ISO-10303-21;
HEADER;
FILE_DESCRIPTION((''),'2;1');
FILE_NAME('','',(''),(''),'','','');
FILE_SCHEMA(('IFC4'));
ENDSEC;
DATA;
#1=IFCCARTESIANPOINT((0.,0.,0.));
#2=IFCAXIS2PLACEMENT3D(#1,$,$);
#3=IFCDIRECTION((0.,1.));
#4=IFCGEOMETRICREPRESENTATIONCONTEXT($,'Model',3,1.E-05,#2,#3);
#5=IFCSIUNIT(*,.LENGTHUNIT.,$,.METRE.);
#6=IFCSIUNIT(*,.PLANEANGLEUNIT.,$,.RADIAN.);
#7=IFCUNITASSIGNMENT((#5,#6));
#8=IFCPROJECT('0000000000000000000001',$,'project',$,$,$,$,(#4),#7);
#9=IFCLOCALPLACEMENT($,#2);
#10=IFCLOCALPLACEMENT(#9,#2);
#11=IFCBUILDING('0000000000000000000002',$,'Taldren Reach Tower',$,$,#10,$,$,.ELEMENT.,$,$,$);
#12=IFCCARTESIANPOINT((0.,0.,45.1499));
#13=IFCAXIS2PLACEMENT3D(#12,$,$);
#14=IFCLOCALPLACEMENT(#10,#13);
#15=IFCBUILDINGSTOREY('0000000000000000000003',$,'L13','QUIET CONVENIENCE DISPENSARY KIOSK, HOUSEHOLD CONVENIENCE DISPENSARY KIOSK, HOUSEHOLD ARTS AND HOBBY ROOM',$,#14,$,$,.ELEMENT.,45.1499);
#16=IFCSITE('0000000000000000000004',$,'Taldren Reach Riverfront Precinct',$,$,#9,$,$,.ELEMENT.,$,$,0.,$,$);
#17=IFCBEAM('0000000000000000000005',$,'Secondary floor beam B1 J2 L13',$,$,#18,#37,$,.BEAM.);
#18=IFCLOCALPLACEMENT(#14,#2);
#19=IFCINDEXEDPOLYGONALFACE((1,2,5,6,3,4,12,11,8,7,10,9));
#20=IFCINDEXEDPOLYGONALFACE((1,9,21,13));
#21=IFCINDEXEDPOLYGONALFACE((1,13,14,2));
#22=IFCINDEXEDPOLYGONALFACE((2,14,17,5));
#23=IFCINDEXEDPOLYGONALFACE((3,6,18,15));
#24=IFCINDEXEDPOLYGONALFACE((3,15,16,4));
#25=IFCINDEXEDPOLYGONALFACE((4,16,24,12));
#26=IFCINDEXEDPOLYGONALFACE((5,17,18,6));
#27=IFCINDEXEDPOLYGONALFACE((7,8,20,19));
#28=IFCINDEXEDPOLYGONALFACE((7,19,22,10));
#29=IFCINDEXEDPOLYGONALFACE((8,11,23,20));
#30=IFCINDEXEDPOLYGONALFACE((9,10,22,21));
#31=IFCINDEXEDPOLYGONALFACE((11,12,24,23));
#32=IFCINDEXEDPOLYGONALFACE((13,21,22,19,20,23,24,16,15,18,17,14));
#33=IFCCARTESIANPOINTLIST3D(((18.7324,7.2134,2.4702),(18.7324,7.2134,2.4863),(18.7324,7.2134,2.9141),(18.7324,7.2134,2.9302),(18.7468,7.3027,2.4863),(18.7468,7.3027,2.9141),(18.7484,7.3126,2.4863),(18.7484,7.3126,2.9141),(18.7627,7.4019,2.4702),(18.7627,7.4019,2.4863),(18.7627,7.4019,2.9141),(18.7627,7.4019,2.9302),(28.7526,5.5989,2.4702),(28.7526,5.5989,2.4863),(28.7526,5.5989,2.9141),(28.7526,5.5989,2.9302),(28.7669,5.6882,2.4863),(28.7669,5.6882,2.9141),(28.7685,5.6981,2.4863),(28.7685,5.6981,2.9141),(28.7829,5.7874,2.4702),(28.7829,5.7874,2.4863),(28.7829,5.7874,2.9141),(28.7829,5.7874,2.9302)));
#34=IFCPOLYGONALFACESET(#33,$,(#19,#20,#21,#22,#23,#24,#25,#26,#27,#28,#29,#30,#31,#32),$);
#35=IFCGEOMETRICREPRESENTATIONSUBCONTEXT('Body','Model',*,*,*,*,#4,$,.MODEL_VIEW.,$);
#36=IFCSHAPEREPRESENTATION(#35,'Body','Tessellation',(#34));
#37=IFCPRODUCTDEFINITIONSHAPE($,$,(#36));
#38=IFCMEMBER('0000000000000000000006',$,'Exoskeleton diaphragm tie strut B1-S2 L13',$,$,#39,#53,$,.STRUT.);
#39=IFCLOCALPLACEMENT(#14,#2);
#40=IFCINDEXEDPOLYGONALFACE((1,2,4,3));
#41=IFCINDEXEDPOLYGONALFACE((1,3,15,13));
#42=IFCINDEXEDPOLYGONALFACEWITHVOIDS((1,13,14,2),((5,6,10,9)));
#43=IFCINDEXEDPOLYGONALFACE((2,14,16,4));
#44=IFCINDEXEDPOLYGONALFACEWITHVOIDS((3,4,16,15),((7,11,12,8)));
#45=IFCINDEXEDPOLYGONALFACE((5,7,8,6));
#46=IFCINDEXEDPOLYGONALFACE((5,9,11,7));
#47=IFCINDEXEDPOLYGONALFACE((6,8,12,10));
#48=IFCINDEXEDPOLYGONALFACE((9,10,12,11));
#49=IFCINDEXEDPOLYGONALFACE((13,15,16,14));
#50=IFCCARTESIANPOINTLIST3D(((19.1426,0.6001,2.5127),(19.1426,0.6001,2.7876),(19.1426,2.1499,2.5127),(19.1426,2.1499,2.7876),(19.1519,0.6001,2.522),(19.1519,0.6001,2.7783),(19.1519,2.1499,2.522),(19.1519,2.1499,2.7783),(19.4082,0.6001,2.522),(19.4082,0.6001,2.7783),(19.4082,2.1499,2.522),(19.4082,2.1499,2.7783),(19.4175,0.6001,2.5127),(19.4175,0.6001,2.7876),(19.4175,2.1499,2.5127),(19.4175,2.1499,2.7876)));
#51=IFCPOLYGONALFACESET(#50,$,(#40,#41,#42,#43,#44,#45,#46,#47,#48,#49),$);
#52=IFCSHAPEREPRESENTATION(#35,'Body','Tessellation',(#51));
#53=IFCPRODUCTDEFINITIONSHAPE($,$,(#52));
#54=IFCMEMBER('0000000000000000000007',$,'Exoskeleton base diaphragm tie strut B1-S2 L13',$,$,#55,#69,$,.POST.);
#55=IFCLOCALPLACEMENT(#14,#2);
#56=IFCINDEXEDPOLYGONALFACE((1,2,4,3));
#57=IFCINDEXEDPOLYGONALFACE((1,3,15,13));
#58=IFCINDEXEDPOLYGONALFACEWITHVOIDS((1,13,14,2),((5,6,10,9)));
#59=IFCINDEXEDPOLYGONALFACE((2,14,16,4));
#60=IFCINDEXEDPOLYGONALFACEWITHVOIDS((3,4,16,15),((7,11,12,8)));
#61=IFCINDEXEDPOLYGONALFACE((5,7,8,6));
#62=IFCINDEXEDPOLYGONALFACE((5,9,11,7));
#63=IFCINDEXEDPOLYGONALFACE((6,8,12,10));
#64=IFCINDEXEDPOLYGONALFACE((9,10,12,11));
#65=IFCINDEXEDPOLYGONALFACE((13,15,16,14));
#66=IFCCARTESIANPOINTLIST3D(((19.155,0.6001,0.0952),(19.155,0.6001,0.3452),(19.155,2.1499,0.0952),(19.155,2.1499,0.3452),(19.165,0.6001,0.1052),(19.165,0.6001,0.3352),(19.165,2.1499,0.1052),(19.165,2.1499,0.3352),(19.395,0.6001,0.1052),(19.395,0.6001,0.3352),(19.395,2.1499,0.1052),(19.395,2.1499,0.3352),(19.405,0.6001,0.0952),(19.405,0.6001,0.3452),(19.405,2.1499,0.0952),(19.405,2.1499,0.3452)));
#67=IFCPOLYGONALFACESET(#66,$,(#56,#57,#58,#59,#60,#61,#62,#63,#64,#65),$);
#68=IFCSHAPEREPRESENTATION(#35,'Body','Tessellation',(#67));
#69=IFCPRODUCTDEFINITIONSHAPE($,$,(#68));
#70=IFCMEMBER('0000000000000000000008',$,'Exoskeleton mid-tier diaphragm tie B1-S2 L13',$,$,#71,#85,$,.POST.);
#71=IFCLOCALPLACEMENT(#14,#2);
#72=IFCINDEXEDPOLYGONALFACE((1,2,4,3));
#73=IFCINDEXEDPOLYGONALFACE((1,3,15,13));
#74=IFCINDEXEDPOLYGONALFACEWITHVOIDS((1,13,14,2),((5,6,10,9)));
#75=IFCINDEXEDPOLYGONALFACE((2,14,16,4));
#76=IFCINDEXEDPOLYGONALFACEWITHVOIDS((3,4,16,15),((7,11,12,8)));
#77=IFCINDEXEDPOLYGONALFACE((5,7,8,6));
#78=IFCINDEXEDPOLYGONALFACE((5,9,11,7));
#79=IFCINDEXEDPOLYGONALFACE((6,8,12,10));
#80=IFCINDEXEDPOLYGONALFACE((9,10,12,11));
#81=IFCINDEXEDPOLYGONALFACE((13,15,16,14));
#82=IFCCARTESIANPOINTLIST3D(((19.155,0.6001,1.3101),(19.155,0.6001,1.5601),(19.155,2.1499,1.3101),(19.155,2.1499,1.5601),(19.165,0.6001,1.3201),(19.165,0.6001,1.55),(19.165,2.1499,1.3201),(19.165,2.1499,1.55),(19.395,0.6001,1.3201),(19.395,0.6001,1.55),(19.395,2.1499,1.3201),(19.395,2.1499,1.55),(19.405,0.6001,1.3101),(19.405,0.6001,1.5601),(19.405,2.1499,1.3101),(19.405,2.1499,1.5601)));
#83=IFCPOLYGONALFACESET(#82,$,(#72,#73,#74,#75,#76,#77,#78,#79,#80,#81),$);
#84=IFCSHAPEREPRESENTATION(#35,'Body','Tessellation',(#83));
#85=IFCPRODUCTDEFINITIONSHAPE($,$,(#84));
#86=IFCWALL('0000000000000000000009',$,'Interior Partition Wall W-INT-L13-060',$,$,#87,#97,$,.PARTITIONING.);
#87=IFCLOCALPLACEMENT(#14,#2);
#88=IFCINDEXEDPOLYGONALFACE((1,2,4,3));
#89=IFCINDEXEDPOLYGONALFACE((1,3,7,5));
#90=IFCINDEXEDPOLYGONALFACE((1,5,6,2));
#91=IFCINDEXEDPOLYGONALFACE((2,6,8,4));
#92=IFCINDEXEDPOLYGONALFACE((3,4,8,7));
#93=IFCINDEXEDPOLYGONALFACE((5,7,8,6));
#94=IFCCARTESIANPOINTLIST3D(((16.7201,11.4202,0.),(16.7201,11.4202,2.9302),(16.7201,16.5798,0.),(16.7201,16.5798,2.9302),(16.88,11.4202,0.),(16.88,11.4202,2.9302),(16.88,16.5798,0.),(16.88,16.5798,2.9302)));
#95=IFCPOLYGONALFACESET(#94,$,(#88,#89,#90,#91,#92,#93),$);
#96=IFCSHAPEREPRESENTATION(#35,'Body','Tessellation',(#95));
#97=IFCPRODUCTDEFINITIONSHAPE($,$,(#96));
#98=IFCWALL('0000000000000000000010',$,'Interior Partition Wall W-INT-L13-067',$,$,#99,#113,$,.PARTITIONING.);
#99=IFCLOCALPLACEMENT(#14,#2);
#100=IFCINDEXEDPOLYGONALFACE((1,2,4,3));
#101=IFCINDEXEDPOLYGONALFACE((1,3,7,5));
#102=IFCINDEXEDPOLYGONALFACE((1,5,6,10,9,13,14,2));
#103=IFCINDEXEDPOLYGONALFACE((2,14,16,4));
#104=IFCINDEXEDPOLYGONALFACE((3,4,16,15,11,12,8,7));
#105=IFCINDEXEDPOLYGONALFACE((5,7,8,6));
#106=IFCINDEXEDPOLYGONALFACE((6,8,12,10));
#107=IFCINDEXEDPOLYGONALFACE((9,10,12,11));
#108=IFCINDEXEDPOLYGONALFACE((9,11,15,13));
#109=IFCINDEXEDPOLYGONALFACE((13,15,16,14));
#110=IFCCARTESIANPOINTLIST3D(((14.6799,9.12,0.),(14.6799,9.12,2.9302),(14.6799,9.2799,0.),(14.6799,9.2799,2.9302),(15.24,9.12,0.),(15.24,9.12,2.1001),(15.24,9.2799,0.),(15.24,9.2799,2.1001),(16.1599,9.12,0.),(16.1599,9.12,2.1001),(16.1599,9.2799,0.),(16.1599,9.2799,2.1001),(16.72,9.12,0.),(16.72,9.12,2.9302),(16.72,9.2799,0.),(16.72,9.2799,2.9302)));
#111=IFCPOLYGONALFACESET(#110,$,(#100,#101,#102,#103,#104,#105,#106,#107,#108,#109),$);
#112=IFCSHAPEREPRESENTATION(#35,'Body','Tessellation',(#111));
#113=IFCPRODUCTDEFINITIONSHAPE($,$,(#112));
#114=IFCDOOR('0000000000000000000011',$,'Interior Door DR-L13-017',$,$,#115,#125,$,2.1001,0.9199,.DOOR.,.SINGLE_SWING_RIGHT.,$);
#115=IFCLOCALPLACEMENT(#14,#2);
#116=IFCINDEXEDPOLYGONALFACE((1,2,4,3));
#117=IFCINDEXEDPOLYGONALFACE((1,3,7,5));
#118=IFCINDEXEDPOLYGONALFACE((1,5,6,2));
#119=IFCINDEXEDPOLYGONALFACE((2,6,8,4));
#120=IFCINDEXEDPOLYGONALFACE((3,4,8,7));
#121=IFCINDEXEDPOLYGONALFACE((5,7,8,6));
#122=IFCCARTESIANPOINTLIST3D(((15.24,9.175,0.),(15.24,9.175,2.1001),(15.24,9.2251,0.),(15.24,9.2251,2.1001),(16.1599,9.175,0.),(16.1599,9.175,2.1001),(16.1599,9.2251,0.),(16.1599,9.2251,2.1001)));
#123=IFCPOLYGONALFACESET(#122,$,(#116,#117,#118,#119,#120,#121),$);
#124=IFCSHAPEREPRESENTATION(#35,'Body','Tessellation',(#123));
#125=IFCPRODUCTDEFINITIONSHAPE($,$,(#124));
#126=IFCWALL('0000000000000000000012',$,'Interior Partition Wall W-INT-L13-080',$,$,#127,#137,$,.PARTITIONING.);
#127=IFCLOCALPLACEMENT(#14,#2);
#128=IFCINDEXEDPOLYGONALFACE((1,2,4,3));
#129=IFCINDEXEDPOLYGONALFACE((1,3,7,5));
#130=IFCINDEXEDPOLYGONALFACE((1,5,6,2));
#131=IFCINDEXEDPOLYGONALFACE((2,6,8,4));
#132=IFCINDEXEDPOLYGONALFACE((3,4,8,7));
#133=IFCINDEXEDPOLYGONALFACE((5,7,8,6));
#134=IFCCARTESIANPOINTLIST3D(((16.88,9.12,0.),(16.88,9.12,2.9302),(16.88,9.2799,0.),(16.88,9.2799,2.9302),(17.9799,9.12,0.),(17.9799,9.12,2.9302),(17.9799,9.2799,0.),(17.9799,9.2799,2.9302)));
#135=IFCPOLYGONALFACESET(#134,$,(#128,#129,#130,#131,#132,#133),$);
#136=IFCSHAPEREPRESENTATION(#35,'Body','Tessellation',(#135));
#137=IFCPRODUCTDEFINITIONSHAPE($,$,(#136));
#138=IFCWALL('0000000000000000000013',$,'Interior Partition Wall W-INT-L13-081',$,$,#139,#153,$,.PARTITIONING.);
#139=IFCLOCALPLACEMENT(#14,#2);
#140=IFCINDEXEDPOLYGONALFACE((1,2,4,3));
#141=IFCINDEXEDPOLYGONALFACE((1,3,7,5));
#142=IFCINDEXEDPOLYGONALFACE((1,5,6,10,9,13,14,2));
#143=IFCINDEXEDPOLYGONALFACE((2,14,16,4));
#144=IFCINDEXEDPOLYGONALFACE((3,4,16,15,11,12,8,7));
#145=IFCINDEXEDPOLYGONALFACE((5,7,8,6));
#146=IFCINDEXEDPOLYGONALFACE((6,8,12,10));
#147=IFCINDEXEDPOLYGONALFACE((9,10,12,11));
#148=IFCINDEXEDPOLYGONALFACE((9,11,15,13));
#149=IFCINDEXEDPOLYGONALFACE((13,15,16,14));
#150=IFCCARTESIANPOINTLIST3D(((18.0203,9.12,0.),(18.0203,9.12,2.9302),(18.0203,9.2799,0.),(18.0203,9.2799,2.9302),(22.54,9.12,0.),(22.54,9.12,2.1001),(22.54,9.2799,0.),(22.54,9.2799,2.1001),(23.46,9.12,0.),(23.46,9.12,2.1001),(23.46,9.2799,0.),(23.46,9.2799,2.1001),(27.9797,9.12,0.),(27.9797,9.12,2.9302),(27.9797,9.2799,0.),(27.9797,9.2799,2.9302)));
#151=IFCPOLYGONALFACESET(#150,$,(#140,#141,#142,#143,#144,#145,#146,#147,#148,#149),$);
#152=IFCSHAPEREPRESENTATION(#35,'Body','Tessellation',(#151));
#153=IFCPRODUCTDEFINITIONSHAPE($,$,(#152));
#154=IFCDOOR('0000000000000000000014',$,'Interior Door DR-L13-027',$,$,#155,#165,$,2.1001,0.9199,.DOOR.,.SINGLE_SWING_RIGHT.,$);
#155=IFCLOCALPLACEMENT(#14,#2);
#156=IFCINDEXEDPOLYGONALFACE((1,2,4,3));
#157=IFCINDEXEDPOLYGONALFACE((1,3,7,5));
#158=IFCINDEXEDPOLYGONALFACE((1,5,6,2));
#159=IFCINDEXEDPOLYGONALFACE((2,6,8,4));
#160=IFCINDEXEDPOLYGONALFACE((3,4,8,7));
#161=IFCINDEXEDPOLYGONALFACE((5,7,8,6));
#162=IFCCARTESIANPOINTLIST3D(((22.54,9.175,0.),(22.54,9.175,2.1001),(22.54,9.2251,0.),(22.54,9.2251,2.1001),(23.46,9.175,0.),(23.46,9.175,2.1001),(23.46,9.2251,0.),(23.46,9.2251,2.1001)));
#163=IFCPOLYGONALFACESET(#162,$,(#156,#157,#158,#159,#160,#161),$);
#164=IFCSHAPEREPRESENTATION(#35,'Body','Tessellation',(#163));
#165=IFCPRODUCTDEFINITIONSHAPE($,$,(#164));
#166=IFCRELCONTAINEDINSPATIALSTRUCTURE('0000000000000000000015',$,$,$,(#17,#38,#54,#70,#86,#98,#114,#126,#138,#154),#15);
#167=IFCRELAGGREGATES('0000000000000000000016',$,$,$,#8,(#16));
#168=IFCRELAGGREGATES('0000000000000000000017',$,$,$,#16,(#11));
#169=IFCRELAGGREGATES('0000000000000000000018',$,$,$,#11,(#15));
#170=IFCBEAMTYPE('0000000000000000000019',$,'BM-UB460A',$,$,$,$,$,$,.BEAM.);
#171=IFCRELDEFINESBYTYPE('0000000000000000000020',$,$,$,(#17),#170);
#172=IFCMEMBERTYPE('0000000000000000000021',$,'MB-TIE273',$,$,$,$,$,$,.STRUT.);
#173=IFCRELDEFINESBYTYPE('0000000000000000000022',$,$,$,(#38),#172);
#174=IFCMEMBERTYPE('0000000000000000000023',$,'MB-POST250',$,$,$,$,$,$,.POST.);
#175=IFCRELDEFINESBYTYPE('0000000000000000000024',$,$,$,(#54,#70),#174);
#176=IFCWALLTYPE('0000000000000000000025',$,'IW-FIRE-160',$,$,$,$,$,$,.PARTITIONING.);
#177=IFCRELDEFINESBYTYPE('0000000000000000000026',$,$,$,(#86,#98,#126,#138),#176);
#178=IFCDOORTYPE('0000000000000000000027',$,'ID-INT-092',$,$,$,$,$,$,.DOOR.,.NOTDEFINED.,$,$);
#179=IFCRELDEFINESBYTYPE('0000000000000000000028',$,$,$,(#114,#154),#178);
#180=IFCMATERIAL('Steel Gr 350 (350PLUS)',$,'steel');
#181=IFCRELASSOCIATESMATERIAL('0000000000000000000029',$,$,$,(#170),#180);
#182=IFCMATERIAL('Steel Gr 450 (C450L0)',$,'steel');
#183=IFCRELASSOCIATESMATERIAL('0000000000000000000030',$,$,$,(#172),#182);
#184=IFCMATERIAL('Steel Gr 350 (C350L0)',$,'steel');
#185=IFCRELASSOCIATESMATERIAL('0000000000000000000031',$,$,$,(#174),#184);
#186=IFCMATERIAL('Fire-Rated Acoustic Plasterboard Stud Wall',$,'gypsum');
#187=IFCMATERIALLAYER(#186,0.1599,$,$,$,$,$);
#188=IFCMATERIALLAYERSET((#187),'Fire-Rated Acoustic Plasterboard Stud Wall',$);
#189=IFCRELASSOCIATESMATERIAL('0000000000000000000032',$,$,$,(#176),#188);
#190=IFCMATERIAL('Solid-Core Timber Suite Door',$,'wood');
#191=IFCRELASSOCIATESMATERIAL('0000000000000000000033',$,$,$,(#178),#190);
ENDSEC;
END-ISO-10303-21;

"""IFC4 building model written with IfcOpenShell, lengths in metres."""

from ifc_helpers import new_model, si_unit, direction, frame, frame_2d, origin, origin_2d, place, context, subcontext, project, spatial, rectangle, hollow_rectangle, i_section, extrude, source, transform, mapped, material, layer, layer_set, material_profile, profile_set, type_object, element, fill, save


model = new_model("IFC4")

# Units and contexts
model_context = context("Model", 3, precision=1e-05, world=origin(), true_north=direction((0.0, 1.0)))
body_context = subcontext(model_context, "Body", "Model", "MODEL_VIEW")
ifc_project = project(units=[si_unit("LENGTHUNIT", "METRE"), si_unit("PLANEANGLEUNIT", "RADIAN")], contexts=[model_context])

# Site, building, storey
site_placement = place(None, origin())
site = spatial("IfcSite", under=ifc_project, at=site_placement, Name="Taldren Reach Riverfront Precinct", CompositionType="ELEMENT", RefElevation=0.0)
building_placement = place(site_placement, origin())
building = spatial("IfcBuilding", under=site, at=building_placement, Name="Taldren Reach Tower", CompositionType="ELEMENT")
storey_placement = place(building_placement, frame((0.0, 0.0, 45.1499)))
storey = spatial("IfcBuildingStorey", under=building, at=storey_placement, Name="L13", Description="QUIET CONVENIENCE DISPENSARY KIOSK, HOUSEHOLD CONVENIENCE DISPENSARY KIOSK, HOUSEHOLD ARTS AND HOBBY ROOM", CompositionType="ELEMENT", Elevation=45.1499)

# Shared definitions
ifc_material_1 = material(Name="Steel Gr 350 (350PLUS)", Category="steel")

# Beam
ifc_material_profile_1 = material_profile(ifc_material_1, i_section(OverallWidth=0.1909, OverallDepth=0.46, WebThickness=0.01, FlangeThickness=0.0161, at=origin_2d()), Name="460UB82.1")
ifc_profile_set_1 = profile_set([ifc_material_profile_1], Name="Steel Gr 350 (350PLUS)")
beam_type_1 = type_object("IfcBeamType", Name="BM-UB460A", PredefinedType="BEAM", material=ifc_profile_set_1)
shared_shape_1 = source(origin(), body_context, "Body", "SweptSolid", [
    extrude(i_section(OverallWidth=0.1909, OverallDepth=0.46, WebThickness=0.01, FlangeThickness=0.0161, at=origin_2d()), origin(), (0.0, 0.0, 1.0), 10.1494),
])
beam_1_placement = place(storey_placement, frame((18.7476, 7.3076, 2.7002), z_axis=(0.987267, -0.159072, 0.0), x_axis=(0.159072, 0.987267, 0.0)))
element("IfcBeam", 1, at=beam_1_placement, inside=storey, type_object=beam_type_1, Name="Secondary floor beam B1 J2 L13", PredefinedType="BEAM", context=body_context, shape_type="MappedRepresentation", body=[
    mapped(shared_shape_1, transform((0.0, 0.0, 0.0), scale=1.0)),
])

# Members
ifc_material_2 = material(Name="Steel Gr 450 (C450L0)", Category="steel")
ifc_material_profile_2 = material_profile(ifc_material_2, hollow_rectangle(XDim=0.2749, YDim=0.2749, WallThickness=0.0093, at=origin_2d()), Name="275x275x9.3SHS")
ifc_profile_set_2 = profile_set([ifc_material_profile_2], Name="Steel Gr 450 (C450L0)")
member_type_1 = type_object("IfcMemberType", Name="MB-TIE273", PredefinedType="STRUT", material=ifc_profile_set_2)
shared_shape_2 = source(origin(), body_context, "Body", "SweptSolid", [
    extrude(hollow_rectangle(XDim=0.2749, YDim=0.2749, WallThickness=0.0093, at=origin_2d()), origin(), (0.0, 0.0, 1.0), 1.5498),
])
member_placement = place(storey_placement, frame((19.28, 2.1499, 2.6501), z_axis=(0.0, -1.0, 0.0), x_axis=(1.0, 0.0, 0.0)))
element("IfcMember", 2, at=member_placement, inside=storey, type_object=member_type_1, Name="Exoskeleton diaphragm tie strut B1-S2 L13", PredefinedType="STRUT", context=body_context, shape_type="MappedRepresentation", body=[
    mapped(shared_shape_2, transform((0.0, 0.0, 0.0), scale=1.0)),
])
ifc_material_3 = material(Name="Steel Gr 350 (C350L0)", Category="steel")
ifc_material_profile_3 = material_profile(ifc_material_3, hollow_rectangle(XDim=0.25, YDim=0.25, WallThickness=0.01, at=origin_2d()), Name="250x250x10.0SHS")
ifc_profile_set_3 = profile_set([ifc_material_profile_3], Name="Steel Gr 350 (C350L0)")
member_type_2 = type_object("IfcMemberType", Name="MB-POST250", PredefinedType="POST", material=ifc_profile_set_3)
shared_shape_3 = source(origin(), body_context, "Body", "SweptSolid", [
    extrude(hollow_rectangle(XDim=0.25, YDim=0.25, WallThickness=0.01, at=origin_2d()), origin(), (0.0, 0.0, 1.0), 1.5498),
])
for number, where, z_axis, x_axis, name in (
    (3, (19.28, 2.1499, 0.2202), (0.0, -1.0, 0.0), (1.0, 0.0, 0.0), "Exoskeleton base diaphragm tie strut B1-S2 L13"),
    (4, (19.28, 2.1499, 1.4351), (0.0, -1.0, 0.0), (1.0, 0.0, 0.0), "Exoskeleton mid-tier diaphragm tie B1-S2 L13"),
):
    element("IfcMember", number, at=place(storey_placement, frame(where, z_axis=z_axis, x_axis=x_axis)), inside=storey, type_object=member_type_2, Name=name, PredefinedType="POST", context=body_context, shape_type="MappedRepresentation", body=[
        mapped(shared_shape_3, transform((0.0, 0.0, 0.0), scale=1.0)),
    ])

# Wall
ifc_material_4 = material(Name="Fire-Rated Acoustic Plasterboard Stud Wall", Category="gypsum")
ifc_layer_1 = layer(ifc_material_4, 0.1599)
ifc_layer_set_1 = layer_set([ifc_layer_1], Name="Fire-Rated Acoustic Plasterboard Stud Wall")
wall_type_1 = type_object("IfcWallType", Name="IW-FIRE-160", PredefinedType="PARTITIONING", material=ifc_layer_set_1)
shared_shape_4 = source(origin(), body_context, "Body", "SweptSolid", [
    extrude(rectangle(XDim=5.1597, YDim=0.1599, at=frame_2d((2.5798, 0.0))), origin(), (0.0, 0.0, 1.0), 2.9302),
])
wall_1_placement = place(storey_placement, frame((16.8, 16.5798, 0.0), z_axis=(0.0, 0.0, 1.0), x_axis=(0.0, -1.0, 0.0)))
element("IfcWall", 5, at=wall_1_placement, inside=storey, type_object=wall_type_1, Name="Interior Partition Wall W-INT-L13-060", PredefinedType="PARTITIONING", context=body_context, shape_type="MappedRepresentation", body=[
    mapped(shared_shape_4, transform((0.0, 0.0, 0.0), scale=1.0)),
])

# Wall, opening, door
shared_shape_5 = source(origin(), body_context, "Body", "SweptSolid", [
    extrude(rectangle(XDim=2.04, YDim=0.1599, at=frame_2d((1.02, 0.0))), origin(), (0.0, 0.0, 1.0), 2.9302),
])
wall_2_placement = place(storey_placement, frame((16.72, 9.2, 0.0), z_axis=(0.0, 0.0, 1.0), x_axis=(-1.0, 0.0, 0.0)))
wall_2 = element("IfcWall", 6, at=wall_2_placement, inside=storey, type_object=wall_type_1, Name="Interior Partition Wall W-INT-L13-067", PredefinedType="PARTITIONING", context=body_context, shape_type="MappedRepresentation", body=[
    mapped(shared_shape_5, transform((0.0, 0.0, 0.0), scale=1.0)),
])
shared_shape_6 = source(origin(), body_context, "Body", "SweptSolid", [
    extrude(rectangle(XDim=0.9199, YDim=2.1001, at=frame_2d((0.46, 1.05))), frame((0.0, 0.0898, 0.0), z_axis=(0.0, -1.0, 0.0), x_axis=(1.0, 0.0, 0.0)), (0.0, 0.0, 1.0), 0.1799),
])
opening_1_placement = place(wall_2_placement, frame((0.5601, 0.0, 0.0)))
opening_1 = element("IfcOpeningElement", 7, at=opening_1_placement, cuts=wall_2, PredefinedType="OPENING", context=body_context, shape_type="MappedRepresentation", body=[
    mapped(shared_shape_6, transform((0.0, 0.0, 0.0), scale=1.0)),
])
ifc_material_5 = material(Name="Solid-Core Timber Suite Door", Category="wood")
door_type_1 = type_object("IfcDoorType", Name="ID-INT-092", OperationType="NOTDEFINED", PredefinedType="DOOR", material=ifc_material_5)
shared_shape_7 = source(origin(), body_context, "Body", "SweptSolid", [
    extrude(rectangle(XDim=0.9199, YDim=2.1001, at=frame_2d((0.46, 1.05))), frame((0.0, 0.0249, 0.0), z_axis=(0.0, -1.0, 0.0), x_axis=(1.0, 0.0, 0.0)), (0.0, 0.0, 1.0), 0.05),
])
door_1_placement = place(opening_1_placement, origin())
door_1 = element("IfcDoor", 8, at=door_1_placement, inside=storey, type_object=door_type_1, Name="Interior Door DR-L13-017", OperationType="SINGLE_SWING_RIGHT", OverallHeight=2.1001, OverallWidth=0.9199, PredefinedType="DOOR", context=body_context, shape_type="MappedRepresentation", body=[
    mapped(shared_shape_7, transform((0.0, 0.0, 0.0), scale=1.0)),
])
fill(opening_1, door_1)

# Wall
shared_shape_8 = source(origin(), body_context, "Body", "SweptSolid", [
    extrude(rectangle(XDim=1.0999, YDim=0.1599, at=frame_2d((0.5498, 0.0))), origin(), (0.0, 0.0, 1.0), 2.9302),
])
wall_3_placement = place(storey_placement, frame((17.9797, 9.2, 0.0), z_axis=(0.0, 0.0, 1.0), x_axis=(-1.0, 0.0, 0.0)))
element("IfcWall", 9, at=wall_3_placement, inside=storey, type_object=wall_type_1, Name="Interior Partition Wall W-INT-L13-080", PredefinedType="PARTITIONING", context=body_context, shape_type="MappedRepresentation", body=[
    mapped(shared_shape_8, transform((0.0, 0.0, 0.0), scale=1.0)),
])

# Wall, opening, door
shared_shape_9 = source(origin(), body_context, "Body", "SweptSolid", [
    extrude(rectangle(XDim=9.9595, YDim=0.1599, at=frame_2d((4.9797, 0.0))), origin(), (0.0, 0.0, 1.0), 2.9302),
])
wall_4_placement = place(storey_placement, frame((27.9797, 9.2, 0.0), z_axis=(0.0, 0.0, 1.0), x_axis=(-1.0, 0.0, 0.0)))
wall_4 = element("IfcWall", 10, at=wall_4_placement, inside=storey, type_object=wall_type_1, Name="Interior Partition Wall W-INT-L13-081", PredefinedType="PARTITIONING", context=body_context, shape_type="MappedRepresentation", body=[
    mapped(shared_shape_9, transform((0.0, 0.0, 0.0), scale=1.0)),
])
opening_2_placement = place(wall_4_placement, frame((4.5198, 0.0, 0.0)))
opening_2 = element("IfcOpeningElement", 11, at=opening_2_placement, cuts=wall_4, PredefinedType="OPENING", context=body_context, shape_type="MappedRepresentation", body=[
    mapped(shared_shape_6, transform((0.0, 0.0, 0.0), scale=1.0)),
])
door_2_placement = place(opening_2_placement, origin())
door_2 = element("IfcDoor", 12, at=door_2_placement, inside=storey, type_object=door_type_1, Name="Interior Door DR-L13-027", OperationType="SINGLE_SWING_RIGHT", OverallHeight=2.1001, OverallWidth=0.9199, PredefinedType="DOOR", context=body_context, shape_type="MappedRepresentation", body=[
    mapped(shared_shape_7, transform((0.0, 0.0, 0.0), scale=1.0)),
])
fill(opening_2, door_2)

save(model, "model.ifc")
